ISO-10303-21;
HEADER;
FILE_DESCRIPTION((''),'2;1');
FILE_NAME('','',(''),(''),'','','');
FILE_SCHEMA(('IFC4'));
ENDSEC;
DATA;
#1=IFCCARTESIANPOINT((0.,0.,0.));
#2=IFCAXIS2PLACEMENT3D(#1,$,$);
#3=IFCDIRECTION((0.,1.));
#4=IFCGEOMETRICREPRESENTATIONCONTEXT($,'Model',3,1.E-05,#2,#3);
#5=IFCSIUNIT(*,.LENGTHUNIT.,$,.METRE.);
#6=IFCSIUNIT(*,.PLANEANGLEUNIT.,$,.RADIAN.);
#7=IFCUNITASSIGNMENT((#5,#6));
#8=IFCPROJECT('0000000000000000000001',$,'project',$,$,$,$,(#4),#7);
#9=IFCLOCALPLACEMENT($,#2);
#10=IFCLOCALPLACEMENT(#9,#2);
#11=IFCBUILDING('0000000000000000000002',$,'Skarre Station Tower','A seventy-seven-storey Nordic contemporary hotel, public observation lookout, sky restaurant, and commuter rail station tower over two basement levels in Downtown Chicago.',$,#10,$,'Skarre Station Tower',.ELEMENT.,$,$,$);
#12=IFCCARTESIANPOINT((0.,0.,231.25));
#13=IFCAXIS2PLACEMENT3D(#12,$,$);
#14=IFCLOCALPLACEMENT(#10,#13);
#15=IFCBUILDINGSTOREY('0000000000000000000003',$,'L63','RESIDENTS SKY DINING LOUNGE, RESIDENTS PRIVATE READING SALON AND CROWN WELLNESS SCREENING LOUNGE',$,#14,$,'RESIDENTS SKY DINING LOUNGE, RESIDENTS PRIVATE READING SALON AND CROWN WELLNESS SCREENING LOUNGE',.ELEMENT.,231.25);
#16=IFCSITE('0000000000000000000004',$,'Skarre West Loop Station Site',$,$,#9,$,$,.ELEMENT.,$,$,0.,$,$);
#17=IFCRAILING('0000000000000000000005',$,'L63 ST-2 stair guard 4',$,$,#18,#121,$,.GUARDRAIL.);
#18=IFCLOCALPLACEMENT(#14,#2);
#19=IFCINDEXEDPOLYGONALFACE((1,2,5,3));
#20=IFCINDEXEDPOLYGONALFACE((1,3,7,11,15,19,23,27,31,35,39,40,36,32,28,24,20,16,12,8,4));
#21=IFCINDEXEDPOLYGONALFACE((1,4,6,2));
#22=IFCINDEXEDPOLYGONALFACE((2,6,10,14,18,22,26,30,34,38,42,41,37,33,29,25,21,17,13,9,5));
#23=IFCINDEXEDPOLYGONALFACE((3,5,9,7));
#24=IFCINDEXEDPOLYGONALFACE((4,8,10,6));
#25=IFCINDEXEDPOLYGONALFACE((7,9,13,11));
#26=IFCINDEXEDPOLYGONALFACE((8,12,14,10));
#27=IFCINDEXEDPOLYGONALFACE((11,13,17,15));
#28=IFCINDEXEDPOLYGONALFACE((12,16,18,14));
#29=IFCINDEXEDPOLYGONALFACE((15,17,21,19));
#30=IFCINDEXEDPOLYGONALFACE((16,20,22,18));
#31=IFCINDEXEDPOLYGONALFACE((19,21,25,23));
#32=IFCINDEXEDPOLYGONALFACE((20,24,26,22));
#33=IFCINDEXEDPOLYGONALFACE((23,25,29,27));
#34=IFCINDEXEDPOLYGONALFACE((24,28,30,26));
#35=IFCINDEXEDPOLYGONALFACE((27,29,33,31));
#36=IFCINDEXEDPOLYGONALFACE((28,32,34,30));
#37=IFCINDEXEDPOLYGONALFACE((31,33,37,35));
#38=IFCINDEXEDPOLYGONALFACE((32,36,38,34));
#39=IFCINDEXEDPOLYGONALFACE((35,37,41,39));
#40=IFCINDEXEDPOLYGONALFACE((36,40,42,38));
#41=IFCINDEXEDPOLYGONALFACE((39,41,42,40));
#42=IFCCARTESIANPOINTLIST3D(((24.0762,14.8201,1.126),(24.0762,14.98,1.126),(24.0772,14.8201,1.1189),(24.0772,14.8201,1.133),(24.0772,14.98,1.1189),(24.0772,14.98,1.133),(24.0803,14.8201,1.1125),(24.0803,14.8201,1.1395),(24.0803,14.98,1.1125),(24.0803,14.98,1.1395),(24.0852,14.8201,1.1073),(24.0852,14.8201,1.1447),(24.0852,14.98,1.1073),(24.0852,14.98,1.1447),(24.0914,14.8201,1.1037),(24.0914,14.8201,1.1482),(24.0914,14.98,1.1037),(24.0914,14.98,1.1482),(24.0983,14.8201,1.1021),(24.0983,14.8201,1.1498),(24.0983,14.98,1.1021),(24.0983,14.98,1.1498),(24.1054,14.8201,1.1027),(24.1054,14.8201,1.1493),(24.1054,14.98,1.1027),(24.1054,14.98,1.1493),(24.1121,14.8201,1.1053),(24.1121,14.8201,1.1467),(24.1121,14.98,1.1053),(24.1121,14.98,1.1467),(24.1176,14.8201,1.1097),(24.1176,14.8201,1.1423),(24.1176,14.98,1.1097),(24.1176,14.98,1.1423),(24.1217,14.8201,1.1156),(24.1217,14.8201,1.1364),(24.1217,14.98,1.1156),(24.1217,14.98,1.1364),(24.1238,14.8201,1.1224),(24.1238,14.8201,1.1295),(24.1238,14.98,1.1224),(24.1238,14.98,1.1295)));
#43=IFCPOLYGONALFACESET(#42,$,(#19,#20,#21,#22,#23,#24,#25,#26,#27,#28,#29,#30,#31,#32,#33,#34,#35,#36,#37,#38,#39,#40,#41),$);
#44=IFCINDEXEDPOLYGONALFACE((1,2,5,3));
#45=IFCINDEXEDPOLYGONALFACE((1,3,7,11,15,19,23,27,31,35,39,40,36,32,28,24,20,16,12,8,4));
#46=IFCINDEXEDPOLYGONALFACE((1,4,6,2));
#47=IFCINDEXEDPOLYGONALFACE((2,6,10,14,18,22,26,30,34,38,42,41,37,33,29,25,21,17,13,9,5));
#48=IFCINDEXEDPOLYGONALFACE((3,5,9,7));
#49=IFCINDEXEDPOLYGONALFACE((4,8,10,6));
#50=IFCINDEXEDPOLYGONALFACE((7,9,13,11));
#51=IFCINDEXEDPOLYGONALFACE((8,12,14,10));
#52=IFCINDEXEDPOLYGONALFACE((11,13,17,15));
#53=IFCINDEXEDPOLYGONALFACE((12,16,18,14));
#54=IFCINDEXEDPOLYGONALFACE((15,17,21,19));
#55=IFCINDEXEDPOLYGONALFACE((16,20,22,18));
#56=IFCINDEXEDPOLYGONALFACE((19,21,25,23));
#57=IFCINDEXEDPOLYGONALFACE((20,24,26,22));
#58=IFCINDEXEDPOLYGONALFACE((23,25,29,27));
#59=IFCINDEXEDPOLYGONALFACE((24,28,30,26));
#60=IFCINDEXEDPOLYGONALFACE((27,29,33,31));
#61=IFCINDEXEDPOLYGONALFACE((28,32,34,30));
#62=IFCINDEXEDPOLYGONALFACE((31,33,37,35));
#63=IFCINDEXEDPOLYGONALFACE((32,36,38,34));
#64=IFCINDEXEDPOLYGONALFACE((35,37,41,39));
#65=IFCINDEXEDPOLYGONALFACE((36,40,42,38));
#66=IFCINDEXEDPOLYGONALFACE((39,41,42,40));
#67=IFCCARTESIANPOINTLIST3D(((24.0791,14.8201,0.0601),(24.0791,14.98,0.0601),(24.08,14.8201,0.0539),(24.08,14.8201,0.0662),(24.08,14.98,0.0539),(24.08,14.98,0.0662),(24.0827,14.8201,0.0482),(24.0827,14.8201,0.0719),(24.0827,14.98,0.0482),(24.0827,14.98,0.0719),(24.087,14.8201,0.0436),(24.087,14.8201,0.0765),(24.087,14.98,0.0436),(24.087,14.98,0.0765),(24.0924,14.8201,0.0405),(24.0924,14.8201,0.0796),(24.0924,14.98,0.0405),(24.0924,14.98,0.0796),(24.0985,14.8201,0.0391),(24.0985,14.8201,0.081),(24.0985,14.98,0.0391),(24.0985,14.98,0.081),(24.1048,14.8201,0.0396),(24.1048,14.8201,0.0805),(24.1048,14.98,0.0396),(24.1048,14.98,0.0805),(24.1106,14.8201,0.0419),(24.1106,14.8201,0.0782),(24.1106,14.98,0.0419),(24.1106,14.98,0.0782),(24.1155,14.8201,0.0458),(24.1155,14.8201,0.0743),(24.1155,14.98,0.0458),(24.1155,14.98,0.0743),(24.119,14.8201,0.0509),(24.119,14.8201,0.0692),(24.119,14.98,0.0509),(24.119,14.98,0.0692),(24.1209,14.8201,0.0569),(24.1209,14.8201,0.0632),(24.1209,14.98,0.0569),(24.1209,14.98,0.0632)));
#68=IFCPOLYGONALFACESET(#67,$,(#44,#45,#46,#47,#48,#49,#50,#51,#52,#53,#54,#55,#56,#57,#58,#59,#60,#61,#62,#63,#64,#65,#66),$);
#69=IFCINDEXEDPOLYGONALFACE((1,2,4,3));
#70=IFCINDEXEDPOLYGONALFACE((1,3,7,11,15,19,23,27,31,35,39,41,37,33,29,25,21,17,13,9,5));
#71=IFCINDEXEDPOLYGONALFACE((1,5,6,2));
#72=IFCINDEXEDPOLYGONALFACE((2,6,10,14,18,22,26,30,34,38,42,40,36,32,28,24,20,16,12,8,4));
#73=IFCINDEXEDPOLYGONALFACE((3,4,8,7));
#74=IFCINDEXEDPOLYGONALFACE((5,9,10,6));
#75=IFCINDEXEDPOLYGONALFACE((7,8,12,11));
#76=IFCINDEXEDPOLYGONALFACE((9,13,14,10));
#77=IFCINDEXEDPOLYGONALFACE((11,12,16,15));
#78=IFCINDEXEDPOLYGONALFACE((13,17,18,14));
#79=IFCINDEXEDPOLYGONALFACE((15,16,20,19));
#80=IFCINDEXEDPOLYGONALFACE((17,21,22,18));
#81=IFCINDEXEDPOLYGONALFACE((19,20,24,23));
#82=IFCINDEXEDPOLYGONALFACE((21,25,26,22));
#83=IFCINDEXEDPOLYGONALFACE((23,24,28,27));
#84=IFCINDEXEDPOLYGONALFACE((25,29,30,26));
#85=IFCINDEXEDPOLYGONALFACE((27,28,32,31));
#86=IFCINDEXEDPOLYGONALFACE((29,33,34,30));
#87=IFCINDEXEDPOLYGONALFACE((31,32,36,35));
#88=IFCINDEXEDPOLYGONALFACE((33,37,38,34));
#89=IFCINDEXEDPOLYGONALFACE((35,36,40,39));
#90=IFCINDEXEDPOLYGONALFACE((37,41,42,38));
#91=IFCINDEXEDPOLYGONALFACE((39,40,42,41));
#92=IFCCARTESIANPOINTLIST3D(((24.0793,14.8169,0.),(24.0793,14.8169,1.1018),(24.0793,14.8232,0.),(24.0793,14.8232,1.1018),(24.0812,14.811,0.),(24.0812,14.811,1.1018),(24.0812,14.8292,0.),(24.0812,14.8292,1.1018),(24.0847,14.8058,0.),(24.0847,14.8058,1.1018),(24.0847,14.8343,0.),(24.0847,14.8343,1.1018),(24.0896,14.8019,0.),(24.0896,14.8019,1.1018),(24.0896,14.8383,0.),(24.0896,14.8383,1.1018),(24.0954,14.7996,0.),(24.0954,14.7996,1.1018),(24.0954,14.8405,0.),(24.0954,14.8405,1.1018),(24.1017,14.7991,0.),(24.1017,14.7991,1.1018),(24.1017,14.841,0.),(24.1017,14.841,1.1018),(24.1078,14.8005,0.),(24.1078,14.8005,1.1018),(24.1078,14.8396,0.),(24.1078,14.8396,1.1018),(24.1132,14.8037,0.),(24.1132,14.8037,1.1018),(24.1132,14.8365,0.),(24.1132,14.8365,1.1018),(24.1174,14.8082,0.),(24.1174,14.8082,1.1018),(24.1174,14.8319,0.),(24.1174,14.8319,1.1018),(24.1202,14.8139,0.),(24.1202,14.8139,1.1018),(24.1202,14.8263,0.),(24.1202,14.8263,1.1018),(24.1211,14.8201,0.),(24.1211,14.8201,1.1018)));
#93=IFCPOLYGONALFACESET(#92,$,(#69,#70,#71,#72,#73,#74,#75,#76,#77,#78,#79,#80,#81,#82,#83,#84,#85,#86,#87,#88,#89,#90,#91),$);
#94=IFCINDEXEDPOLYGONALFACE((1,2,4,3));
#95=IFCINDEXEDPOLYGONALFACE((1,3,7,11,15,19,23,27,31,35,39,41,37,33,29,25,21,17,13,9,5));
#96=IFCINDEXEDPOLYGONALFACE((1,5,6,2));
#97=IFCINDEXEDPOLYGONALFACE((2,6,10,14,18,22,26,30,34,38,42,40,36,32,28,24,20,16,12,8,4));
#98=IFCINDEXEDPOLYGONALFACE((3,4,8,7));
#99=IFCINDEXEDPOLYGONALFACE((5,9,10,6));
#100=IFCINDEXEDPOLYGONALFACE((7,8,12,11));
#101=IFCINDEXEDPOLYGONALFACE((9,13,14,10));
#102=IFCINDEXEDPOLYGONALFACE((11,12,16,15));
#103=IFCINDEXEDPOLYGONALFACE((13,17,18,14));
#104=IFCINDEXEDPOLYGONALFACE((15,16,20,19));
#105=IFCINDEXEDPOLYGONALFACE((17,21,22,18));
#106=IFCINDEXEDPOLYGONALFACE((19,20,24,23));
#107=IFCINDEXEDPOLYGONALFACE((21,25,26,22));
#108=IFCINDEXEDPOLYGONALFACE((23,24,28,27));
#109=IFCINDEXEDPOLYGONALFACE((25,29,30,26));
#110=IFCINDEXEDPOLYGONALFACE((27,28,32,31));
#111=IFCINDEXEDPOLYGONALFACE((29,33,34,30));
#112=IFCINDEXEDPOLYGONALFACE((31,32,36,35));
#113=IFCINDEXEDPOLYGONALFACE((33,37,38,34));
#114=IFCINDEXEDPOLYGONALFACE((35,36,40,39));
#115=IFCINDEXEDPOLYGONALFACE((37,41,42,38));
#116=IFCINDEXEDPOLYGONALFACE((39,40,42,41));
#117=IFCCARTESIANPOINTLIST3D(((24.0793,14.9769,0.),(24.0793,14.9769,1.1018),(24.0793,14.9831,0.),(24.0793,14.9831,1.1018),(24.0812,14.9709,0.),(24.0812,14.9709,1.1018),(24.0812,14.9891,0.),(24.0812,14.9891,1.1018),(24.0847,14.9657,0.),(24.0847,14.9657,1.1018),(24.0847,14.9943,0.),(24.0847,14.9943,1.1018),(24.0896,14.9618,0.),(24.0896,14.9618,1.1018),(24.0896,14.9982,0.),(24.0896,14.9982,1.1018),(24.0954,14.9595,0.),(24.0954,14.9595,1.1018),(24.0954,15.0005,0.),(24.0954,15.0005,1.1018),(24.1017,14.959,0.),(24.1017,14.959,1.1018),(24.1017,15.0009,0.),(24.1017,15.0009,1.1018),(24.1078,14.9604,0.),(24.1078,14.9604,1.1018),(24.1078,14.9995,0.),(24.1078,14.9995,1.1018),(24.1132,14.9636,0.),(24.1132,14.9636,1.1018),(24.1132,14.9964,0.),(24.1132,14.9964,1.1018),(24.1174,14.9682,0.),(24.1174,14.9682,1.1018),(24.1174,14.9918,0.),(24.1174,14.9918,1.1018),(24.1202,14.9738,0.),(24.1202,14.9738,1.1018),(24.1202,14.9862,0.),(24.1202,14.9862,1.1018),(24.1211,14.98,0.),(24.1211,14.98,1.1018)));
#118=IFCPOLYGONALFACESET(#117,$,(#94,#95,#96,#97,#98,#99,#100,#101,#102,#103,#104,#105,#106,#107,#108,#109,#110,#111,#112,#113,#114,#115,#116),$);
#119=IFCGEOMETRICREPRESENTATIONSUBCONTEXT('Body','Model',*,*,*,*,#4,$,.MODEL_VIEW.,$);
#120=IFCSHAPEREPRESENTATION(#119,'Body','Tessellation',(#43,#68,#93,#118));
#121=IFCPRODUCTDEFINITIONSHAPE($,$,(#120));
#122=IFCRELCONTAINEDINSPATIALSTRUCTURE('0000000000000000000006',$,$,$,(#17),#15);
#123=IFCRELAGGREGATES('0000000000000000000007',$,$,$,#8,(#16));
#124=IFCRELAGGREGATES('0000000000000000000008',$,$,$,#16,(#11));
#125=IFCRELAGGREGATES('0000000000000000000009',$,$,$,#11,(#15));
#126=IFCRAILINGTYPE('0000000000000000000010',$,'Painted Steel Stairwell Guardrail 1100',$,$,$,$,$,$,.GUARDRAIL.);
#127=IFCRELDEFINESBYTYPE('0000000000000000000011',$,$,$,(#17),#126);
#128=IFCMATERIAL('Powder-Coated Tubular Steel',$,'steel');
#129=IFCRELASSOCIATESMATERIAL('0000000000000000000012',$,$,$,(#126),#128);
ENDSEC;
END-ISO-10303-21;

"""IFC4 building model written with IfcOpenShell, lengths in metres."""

from ifc_helpers import new_model, si_unit, direction, frame, origin, origin_2d, place, context, subcontext, project, spatial, circle, extrude, material, type_object, element, save


model = new_model("IFC4")

# Units and contexts
model_context = context("Model", 3, precision=1e-05, world=origin(), true_north=direction((0.0, 1.0)))
body_context = subcontext(model_context, "Body", "Model", "MODEL_VIEW")
ifc_project = project(units=[si_unit("LENGTHUNIT", "METRE"), si_unit("PLANEANGLEUNIT", "RADIAN")], contexts=[model_context])

# Site, building, storey
site_placement = place(None, origin())
site = spatial("IfcSite", under=ifc_project, at=site_placement, Name="Skarre West Loop Station Site", CompositionType="ELEMENT", RefElevation=0.0)
building_placement = place(site_placement, origin())
building = spatial("IfcBuilding", under=site, at=building_placement, Name="Skarre Station Tower", Description="A seventy-seven-storey Nordic contemporary hotel, public observation lookout, sky restaurant, and commuter rail station tower over two basement levels in Downtown Chicago.", LongName="Skarre Station Tower", CompositionType="ELEMENT")
storey_placement = place(building_placement, frame((0.0, 0.0, 231.25)))
storey = spatial("IfcBuildingStorey", under=building, at=storey_placement, Name="L63", Description="RESIDENTS SKY DINING LOUNGE, RESIDENTS PRIVATE READING SALON AND CROWN WELLNESS SCREENING LOUNGE", LongName="RESIDENTS SKY DINING LOUNGE, RESIDENTS PRIVATE READING SALON AND CROWN WELLNESS SCREENING LOUNGE", CompositionType="ELEMENT", Elevation=231.25)

# Railing
ifc_material_1 = material(Name="Powder-Coated Tubular Steel", Category="steel")
railing_type_1 = type_object("IfcRailingType", Name="Painted Steel Stairwell Guardrail 1100", PredefinedType="GUARDRAIL", material=ifc_material_1)
railing_1_placement = place(storey_placement, frame((24.1001, 14.8201, 0.0)))
element("IfcRailing", 1, at=railing_1_placement, inside=storey, type_object=railing_type_1, Name="L63 ST-2 stair guard 4", PredefinedType="GUARDRAIL", context=body_context, shape_type="SweptSolid", body=[
    extrude(circle(Radius=0.0239, at=origin_2d()), frame((0.0, 0.0, 1.126), z_axis=(0.0, 1.0, 0.0), x_axis=(-1.0, 0.0, 0.0)), (0.0, 0.0, 1.0), 0.1599),
    extrude(circle(Radius=0.021, at=origin_2d()), frame((0.0, 0.0, 0.0601), z_axis=(0.0, 1.0, 0.0), x_axis=(-1.0, 0.0, 0.0)), (0.0, 0.0, 1.0), 0.1599),
    extrude(circle(Radius=0.021, at=origin_2d()), origin(), (0.0, 0.0, 1.0), 1.1018),
    extrude(circle(Radius=0.021, at=origin_2d()), frame((0.0, 0.1599, 0.0)), (0.0, 0.0, 1.0), 1.1018),
])

save(model, "model.ifc")
